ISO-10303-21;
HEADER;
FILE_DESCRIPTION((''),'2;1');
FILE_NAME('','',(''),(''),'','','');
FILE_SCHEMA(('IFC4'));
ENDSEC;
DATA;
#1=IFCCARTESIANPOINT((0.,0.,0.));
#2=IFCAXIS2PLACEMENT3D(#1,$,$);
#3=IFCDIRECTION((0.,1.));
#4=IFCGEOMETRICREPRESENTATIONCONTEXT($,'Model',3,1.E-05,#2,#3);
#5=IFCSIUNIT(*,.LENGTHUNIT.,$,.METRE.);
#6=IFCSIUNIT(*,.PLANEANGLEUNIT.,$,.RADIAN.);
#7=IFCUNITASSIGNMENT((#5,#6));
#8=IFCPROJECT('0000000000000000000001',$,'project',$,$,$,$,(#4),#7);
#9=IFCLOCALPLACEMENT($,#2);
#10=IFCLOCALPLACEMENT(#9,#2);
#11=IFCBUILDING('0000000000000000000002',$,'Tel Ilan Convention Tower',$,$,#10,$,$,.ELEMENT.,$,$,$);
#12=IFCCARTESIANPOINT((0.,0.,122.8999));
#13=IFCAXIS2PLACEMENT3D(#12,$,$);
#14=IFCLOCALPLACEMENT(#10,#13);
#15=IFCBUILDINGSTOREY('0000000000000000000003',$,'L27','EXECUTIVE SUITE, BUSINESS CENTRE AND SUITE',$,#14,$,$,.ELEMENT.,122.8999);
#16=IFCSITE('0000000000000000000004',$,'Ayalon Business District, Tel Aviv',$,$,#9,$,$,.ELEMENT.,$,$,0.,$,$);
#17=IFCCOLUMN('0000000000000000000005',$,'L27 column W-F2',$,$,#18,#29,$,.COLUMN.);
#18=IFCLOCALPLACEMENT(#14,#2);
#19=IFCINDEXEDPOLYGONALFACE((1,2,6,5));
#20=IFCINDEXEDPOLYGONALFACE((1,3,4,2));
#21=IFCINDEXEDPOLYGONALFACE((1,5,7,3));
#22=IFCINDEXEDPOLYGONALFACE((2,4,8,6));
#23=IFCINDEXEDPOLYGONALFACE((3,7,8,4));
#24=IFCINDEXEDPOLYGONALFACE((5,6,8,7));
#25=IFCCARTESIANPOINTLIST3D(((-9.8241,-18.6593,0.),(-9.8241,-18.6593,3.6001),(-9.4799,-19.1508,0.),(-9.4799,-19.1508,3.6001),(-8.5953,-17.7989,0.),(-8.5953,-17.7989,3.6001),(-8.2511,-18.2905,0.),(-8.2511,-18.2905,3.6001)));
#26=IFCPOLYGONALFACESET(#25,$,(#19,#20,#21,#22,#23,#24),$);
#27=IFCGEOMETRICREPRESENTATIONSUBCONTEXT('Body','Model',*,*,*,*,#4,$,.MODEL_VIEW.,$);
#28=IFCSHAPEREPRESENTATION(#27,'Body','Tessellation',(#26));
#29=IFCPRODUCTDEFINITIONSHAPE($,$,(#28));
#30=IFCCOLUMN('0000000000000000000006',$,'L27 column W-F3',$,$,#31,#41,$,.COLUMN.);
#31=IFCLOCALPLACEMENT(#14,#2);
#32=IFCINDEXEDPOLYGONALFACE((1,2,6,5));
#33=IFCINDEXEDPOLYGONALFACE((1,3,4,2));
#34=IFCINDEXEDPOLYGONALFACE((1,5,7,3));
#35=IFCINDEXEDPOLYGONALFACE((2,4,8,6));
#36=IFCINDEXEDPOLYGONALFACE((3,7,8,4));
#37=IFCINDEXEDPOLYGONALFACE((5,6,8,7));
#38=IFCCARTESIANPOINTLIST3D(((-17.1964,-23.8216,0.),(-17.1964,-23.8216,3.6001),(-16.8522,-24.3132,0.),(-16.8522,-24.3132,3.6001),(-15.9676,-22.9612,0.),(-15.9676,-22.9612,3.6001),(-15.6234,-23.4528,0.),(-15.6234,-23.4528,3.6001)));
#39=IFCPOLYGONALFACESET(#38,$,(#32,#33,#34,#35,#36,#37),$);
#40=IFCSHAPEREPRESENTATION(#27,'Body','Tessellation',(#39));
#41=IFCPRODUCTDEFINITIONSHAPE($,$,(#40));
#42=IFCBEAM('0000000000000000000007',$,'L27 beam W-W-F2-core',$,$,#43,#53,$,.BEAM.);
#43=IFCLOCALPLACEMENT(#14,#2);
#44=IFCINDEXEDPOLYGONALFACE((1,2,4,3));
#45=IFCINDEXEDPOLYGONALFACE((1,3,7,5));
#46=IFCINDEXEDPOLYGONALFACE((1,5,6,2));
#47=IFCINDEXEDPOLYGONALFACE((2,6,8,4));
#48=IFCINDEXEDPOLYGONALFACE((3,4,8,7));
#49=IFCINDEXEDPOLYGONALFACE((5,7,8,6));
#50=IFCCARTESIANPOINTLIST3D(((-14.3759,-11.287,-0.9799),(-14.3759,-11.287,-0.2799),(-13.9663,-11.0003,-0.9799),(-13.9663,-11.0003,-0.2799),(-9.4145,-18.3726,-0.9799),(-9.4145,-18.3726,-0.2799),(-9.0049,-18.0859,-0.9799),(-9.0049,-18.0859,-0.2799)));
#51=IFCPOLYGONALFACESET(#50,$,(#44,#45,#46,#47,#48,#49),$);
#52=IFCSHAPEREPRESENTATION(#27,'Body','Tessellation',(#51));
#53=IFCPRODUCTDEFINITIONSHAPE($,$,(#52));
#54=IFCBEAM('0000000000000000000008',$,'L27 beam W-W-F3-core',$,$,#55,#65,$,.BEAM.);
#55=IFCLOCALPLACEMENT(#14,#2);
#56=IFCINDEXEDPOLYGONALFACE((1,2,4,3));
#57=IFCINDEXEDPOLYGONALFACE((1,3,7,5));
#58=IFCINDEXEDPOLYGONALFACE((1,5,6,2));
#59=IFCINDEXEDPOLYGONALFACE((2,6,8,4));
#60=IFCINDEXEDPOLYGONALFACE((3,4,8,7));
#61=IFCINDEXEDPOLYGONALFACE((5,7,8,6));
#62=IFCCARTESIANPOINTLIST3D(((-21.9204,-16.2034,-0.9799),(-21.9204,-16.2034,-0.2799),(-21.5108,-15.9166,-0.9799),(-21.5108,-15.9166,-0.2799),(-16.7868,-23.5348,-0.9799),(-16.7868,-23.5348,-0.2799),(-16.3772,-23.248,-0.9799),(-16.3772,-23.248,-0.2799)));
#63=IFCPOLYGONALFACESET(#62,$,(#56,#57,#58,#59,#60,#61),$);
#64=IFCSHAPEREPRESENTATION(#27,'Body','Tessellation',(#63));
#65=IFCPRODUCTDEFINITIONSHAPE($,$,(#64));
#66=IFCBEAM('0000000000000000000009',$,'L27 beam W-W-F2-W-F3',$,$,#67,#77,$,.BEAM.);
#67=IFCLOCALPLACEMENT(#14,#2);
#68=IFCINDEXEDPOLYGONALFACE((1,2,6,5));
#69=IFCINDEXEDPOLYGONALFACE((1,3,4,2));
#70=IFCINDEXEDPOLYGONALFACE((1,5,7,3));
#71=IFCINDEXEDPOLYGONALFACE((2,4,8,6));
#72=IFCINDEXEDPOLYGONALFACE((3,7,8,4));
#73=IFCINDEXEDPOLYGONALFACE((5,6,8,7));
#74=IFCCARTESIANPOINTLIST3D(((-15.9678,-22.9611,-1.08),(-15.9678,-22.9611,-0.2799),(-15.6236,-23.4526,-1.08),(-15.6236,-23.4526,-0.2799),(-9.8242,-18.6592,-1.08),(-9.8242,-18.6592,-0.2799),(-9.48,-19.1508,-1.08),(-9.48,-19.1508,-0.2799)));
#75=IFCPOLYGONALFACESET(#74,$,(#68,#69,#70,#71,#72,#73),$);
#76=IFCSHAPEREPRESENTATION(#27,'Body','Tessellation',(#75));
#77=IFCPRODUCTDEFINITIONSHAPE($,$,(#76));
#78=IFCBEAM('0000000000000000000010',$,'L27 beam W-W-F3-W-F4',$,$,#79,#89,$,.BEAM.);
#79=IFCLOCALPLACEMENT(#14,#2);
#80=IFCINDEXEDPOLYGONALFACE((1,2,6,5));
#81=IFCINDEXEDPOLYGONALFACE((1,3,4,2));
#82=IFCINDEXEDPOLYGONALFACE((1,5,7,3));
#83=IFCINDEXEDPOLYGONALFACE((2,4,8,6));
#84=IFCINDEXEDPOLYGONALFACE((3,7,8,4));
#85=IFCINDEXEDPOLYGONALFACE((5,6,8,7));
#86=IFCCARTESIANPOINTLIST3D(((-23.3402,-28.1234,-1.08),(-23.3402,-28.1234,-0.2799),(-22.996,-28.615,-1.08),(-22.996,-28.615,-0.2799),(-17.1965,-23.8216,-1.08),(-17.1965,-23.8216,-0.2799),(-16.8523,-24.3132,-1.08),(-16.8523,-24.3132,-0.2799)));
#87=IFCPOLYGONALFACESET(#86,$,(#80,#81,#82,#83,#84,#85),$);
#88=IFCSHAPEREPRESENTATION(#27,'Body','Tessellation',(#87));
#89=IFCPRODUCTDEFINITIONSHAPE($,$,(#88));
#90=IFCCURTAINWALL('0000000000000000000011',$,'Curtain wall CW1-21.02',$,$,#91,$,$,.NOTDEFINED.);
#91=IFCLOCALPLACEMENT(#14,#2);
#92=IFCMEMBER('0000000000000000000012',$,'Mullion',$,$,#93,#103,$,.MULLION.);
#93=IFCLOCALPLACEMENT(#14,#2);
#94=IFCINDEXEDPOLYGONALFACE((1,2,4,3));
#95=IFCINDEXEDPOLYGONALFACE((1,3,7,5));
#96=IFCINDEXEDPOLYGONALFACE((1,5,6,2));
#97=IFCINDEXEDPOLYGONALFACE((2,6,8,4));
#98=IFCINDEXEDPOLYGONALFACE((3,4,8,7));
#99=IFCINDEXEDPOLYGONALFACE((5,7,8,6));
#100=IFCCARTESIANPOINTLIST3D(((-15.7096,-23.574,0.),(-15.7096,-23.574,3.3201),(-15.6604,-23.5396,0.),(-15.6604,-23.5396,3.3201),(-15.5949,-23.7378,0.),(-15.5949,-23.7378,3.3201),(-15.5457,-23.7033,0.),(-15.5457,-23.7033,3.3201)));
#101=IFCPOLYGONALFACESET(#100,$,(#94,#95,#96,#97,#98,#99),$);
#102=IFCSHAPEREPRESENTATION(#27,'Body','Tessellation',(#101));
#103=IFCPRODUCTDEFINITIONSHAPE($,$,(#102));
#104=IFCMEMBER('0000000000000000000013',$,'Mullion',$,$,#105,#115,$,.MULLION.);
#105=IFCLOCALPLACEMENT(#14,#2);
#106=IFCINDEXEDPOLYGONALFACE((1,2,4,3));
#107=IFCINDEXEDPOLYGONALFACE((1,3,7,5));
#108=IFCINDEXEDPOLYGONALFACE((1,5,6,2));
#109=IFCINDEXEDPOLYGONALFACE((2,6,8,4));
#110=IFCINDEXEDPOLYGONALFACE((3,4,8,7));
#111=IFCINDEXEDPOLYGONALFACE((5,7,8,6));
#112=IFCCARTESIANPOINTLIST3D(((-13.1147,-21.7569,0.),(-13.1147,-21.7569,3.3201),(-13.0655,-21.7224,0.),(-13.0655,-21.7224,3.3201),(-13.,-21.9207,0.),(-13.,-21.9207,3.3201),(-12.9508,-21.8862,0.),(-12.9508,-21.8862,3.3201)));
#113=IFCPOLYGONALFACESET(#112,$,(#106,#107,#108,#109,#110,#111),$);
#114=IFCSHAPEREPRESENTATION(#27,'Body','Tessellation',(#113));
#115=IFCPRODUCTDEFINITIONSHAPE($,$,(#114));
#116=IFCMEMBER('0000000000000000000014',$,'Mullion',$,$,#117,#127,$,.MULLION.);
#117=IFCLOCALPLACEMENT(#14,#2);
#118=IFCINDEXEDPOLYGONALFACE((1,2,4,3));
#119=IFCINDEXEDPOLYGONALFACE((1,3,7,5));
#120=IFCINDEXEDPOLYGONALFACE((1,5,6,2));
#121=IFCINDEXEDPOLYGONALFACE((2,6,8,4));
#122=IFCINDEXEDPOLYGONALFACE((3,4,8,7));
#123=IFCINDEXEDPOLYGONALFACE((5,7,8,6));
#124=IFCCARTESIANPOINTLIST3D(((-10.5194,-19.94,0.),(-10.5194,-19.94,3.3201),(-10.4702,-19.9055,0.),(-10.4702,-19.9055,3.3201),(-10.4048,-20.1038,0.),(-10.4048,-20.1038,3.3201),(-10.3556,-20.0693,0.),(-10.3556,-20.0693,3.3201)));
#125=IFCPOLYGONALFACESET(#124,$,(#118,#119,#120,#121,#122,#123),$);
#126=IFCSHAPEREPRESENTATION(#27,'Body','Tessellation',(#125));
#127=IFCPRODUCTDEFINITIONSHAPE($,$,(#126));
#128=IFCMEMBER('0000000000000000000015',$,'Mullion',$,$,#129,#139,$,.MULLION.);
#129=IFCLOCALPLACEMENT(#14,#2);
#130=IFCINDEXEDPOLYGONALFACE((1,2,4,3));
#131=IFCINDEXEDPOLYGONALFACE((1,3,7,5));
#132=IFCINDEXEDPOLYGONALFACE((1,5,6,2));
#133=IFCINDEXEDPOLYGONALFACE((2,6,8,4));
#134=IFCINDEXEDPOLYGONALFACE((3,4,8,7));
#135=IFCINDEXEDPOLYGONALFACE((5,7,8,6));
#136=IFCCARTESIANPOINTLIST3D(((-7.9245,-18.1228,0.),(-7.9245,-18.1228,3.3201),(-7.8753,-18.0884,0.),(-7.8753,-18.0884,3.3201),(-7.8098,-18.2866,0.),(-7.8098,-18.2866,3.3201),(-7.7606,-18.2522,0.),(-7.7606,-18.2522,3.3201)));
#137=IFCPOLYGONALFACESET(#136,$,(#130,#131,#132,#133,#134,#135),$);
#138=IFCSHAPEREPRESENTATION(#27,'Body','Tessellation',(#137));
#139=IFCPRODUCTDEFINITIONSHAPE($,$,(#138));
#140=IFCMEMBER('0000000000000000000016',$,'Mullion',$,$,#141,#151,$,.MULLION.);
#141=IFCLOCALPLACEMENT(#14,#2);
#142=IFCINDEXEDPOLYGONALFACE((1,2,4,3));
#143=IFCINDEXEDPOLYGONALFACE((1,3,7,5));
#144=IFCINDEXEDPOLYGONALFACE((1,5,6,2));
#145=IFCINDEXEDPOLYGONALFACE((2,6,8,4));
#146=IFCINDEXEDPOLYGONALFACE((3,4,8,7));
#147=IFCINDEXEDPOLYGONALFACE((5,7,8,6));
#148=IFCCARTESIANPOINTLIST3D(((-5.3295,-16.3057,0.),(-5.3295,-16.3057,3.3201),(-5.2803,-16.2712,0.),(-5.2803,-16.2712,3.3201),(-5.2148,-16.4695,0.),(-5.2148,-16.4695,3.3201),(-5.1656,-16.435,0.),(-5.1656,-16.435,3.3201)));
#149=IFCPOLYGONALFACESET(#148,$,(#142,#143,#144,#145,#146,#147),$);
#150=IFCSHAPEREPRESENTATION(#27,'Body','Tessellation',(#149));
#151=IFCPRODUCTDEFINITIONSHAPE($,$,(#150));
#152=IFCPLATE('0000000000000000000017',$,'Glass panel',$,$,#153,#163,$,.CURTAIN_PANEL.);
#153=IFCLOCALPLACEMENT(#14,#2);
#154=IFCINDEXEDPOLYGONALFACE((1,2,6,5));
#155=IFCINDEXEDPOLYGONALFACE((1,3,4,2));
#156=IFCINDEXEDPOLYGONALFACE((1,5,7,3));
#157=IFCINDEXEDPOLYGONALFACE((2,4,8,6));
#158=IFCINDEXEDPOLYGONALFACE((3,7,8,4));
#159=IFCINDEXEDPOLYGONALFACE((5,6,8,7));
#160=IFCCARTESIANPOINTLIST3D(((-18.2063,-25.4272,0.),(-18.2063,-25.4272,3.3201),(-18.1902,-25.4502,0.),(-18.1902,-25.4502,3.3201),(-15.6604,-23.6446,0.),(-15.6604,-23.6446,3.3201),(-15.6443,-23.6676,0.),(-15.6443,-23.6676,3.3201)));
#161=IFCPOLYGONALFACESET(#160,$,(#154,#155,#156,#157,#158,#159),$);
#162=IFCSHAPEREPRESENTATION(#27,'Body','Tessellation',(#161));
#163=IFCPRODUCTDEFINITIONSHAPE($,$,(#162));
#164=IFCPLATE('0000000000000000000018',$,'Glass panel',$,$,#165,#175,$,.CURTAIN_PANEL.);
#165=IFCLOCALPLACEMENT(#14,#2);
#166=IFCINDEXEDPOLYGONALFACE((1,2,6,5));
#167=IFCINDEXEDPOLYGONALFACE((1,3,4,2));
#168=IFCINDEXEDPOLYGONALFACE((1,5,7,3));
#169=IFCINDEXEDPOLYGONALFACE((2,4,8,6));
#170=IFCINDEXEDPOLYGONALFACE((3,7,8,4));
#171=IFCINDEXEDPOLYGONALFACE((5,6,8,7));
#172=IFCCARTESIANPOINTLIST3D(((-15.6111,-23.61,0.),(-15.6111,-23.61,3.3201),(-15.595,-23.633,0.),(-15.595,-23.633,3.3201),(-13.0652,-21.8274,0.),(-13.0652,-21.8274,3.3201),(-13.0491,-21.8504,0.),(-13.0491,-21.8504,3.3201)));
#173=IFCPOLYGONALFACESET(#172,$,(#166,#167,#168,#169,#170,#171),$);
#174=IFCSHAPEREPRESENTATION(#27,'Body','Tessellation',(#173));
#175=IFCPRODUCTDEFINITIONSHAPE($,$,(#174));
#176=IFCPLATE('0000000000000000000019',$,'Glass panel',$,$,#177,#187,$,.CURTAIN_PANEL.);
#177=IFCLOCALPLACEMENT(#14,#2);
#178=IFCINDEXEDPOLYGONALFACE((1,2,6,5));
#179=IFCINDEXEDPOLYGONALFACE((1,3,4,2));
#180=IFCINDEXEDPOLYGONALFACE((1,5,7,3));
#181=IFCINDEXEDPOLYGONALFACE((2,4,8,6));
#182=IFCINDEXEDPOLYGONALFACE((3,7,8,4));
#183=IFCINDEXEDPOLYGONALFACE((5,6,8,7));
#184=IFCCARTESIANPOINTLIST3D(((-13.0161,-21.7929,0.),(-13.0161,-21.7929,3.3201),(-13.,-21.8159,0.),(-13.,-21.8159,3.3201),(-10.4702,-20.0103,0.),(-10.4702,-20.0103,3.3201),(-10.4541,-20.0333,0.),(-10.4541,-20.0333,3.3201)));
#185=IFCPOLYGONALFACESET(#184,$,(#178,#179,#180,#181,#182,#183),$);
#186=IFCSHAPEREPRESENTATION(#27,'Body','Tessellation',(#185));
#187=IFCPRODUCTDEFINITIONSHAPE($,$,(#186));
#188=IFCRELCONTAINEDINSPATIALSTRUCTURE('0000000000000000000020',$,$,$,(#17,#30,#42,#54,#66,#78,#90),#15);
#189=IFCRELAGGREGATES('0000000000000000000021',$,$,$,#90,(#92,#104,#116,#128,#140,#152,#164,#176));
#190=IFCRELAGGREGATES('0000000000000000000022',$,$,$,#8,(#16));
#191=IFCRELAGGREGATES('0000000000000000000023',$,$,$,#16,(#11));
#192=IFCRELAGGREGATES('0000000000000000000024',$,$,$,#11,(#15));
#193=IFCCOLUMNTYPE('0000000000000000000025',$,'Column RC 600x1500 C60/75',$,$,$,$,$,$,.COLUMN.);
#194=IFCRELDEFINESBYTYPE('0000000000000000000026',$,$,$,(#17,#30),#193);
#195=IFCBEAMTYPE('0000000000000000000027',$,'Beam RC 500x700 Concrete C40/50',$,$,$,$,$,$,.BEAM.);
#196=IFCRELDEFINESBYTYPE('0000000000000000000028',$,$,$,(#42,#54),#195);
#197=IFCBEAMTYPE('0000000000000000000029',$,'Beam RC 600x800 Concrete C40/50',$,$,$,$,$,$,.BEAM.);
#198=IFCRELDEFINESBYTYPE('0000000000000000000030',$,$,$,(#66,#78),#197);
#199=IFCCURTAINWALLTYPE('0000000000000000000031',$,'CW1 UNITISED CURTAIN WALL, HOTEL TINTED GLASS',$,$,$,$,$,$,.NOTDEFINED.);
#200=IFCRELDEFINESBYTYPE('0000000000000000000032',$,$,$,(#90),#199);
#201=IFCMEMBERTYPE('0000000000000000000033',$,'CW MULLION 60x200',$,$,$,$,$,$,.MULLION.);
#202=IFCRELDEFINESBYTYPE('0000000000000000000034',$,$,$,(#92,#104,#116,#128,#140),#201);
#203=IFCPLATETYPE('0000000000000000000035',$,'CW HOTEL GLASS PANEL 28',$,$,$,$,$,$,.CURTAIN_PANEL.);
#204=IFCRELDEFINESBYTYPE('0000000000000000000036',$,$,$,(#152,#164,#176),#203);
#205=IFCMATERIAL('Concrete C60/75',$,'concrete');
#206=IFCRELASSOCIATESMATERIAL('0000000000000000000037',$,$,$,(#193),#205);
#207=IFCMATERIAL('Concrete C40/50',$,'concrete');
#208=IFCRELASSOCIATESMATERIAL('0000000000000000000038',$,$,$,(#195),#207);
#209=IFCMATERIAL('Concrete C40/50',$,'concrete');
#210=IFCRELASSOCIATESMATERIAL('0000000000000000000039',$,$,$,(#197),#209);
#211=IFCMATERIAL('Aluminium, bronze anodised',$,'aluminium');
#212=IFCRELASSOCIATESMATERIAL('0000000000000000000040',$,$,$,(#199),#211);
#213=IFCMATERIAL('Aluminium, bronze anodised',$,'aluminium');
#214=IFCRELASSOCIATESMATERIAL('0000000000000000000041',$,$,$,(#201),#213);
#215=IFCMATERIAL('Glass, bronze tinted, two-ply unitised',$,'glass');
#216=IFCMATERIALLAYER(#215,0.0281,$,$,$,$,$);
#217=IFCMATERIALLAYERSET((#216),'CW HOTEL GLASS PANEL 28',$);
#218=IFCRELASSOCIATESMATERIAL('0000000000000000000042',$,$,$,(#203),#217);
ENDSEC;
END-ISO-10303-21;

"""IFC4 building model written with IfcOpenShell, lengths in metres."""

from ifc_helpers import new_model, si_unit, direction, frame, origin, origin_2d, place, context, subcontext, project, spatial, rectangle, extrude, material, layer, layer_set, material_profile, profile_set, type_object, element, aggregate, save


model = new_model("IFC4")

# Units and contexts
model_context = context("Model", 3, precision=1e-05, world=origin(), true_north=direction((0.0, 1.0)))
body_context = subcontext(model_context, "Body", "Model", "MODEL_VIEW")
ifc_project = project(units=[si_unit("LENGTHUNIT", "METRE"), si_unit("PLANEANGLEUNIT", "RADIAN")], contexts=[model_context])

# Site, building, storey
site_placement = place(None, origin())
site = spatial("IfcSite", under=ifc_project, at=site_placement, Name="Ayalon Business District, Tel Aviv", CompositionType="ELEMENT", RefElevation=0.0)
building_placement = place(site_placement, origin())
building = spatial("IfcBuilding", under=site, at=building_placement, Name="Tel Ilan Convention Tower", CompositionType="ELEMENT")
storey_placement = place(building_placement, frame((0.0, 0.0, 122.8999)))
storey = spatial("IfcBuildingStorey", under=building, at=storey_placement, Name="L27", Description="EXECUTIVE SUITE, BUSINESS CENTRE AND SUITE", CompositionType="ELEMENT", Elevation=122.8999)

# Columns
ifc_material_1 = material(Name="Concrete C60/75", Category="concrete")
ifc_material_profile_1 = material_profile(ifc_material_1, rectangle(XDim=1.5, YDim=0.6001, at=origin_2d()), Name="RC 600x1500")
ifc_profile_set_1 = profile_set([ifc_material_profile_1], Name="Concrete C60/75")
column_type = type_object("IfcColumnType", Name="Column RC 600x1500 C60/75", PredefinedType="COLUMN", material=ifc_profile_set_1)
for number, where, z_axis, x_axis, name in (
    (1, (-9.0376, -18.4749, 0.0), (0.0, 0.0, 1.0), (-0.819152, -0.573576, 0.0), "L27 column W-F2"),
    (2, (-16.4099, -23.6372, 0.0), (0.0, 0.0, 1.0), (-0.819152, -0.573576, 0.0), "L27 column W-F3"),
):
    element("IfcColumn", number, at=place(storey_placement, frame(where, z_axis=z_axis, x_axis=x_axis)), inside=storey, type_object=column_type, Name=name, PredefinedType="COLUMN", context=body_context, shape_type="SweptSolid", body=[
        extrude(rectangle(XDim=1.5, YDim=0.6001, at=origin_2d()), origin(), (0.0, 0.0, 1.0), 3.6001),
    ])

# Beams
ifc_material_2 = material(Name="Concrete C40/50", Category="concrete")
ifc_material_profile_2 = material_profile(ifc_material_2, rectangle(XDim=0.5, YDim=0.7, at=origin_2d()), Name="RC 500x700")
ifc_profile_set_2 = profile_set([ifc_material_profile_2], Name="Concrete C40/50")
beam_type_1 = type_object("IfcBeamType", Name="Beam RC 500x700 Concrete C40/50", PredefinedType="BEAM", material=ifc_profile_set_2)
beam_1_placement = place(storey_placement, frame((-9.2097, -18.2292, -0.6299), z_axis=(-0.573574, 0.819154, 0.0), x_axis=(-0.819154, -0.573574, 0.0)))
element("IfcBeam", 3, at=beam_1_placement, inside=storey, type_object=beam_type_1, Name="L27 beam W-W-F2-core", PredefinedType="BEAM", context=body_context, shape_type="SweptSolid", body=[
    extrude(rectangle(XDim=0.5, YDim=0.7, at=origin_2d()), origin(), (0.0, 0.0, 1.0), 8.6499),
])
beam_2_placement = place(storey_placement, frame((-16.582, -23.3914, -0.6299), z_axis=(-0.573585, 0.819146, 0.0), x_axis=(-0.819146, -0.573585, 0.0)))
element("IfcBeam", 4, at=beam_2_placement, inside=storey, type_object=beam_type_1, Name="L27 beam W-W-F3-core", PredefinedType="BEAM", context=body_context, shape_type="SweptSolid", body=[
    extrude(rectangle(XDim=0.5, YDim=0.7, at=origin_2d()), origin(), (0.0, 0.0, 1.0), 8.95),
])
ifc_material_3 = material(Name="Concrete C40/50", Category="concrete")
ifc_material_profile_3 = material_profile(ifc_material_3, rectangle(XDim=0.6001, YDim=0.8, at=origin_2d()), Name="RC 600x800")
ifc_profile_set_3 = profile_set([ifc_material_profile_3], Name="Concrete C40/50")
beam_type_2 = type_object("IfcBeamType", Name="Beam RC 600x800 Concrete C40/50", PredefinedType="BEAM", material=ifc_profile_set_3)
for number, where, z_axis, x_axis, name in (
    (5, (-9.6521, -18.905, -0.6799), (-0.819152, -0.573576, 0.0), (0.573576, -0.819152, 0.0), "L27 beam W-W-F2-W-F3"),
    (6, (-17.0244, -24.0674, -0.6799), (-0.819152, -0.573576, 0.0), (0.573576, -0.819152, 0.0), "L27 beam W-W-F3-W-F4"),
):
    element("IfcBeam", number, at=place(storey_placement, frame(where, z_axis=z_axis, x_axis=x_axis)), inside=storey, type_object=beam_type_2, Name=name, PredefinedType="BEAM", context=body_context, shape_type="SweptSolid", body=[
        extrude(rectangle(XDim=0.6001, YDim=0.8, at=origin_2d()), origin(), (0.0, 0.0, 1.0), 7.5),
    ])

# Curtain wall, members, plates
ifc_material_4 = material(Name="Aluminium, bronze anodised", Category="aluminium")
curtain_wall_type = type_object("IfcCurtainWallType", Name="CW1 UNITISED CURTAIN WALL, HOTEL TINTED GLASS", PredefinedType="NOTDEFINED", material=ifc_material_4)
curtain_wall_placement = place(storey_placement, origin())
curtain_wall = element("IfcCurtainWall", 7, at=curtain_wall_placement, inside=storey, type_object=curtain_wall_type, Name="Curtain wall CW1-21.02", PredefinedType="NOTDEFINED")
ifc_material_5 = material(Name="Aluminium, bronze anodised", Category="aluminium")
ifc_material_profile_4 = material_profile(ifc_material_5, rectangle(XDim=0.0601, YDim=0.2, at=origin_2d()), Name="CW MULLION 60x200")
ifc_profile_set_4 = profile_set([ifc_material_profile_4], Name="Aluminium, bronze anodised")
member_type = type_object("IfcMemberType", Name="CW MULLION 60x200", PredefinedType="MULLION", material=ifc_profile_set_4)
member_1_placement = place(storey_placement, frame((-15.6277, -23.6387, 0.0), z_axis=(0.0, 0.0, 1.0), x_axis=(0.819152, 0.573576, 0.0)))
member_1 = element("IfcMember", 8, at=member_1_placement, type_object=member_type, Name="Mullion", PredefinedType="MULLION", context=body_context, shape_type="SweptSolid", body=[
    extrude(rectangle(XDim=0.0601, YDim=0.2, at=origin_2d()), origin(), (0.0, 0.0, 1.0), 3.3201),
])
member_2_placement = place(storey_placement, frame((-13.0327, -21.8215, 0.0), z_axis=(0.0, 0.0, 1.0), x_axis=(0.819152, 0.573576, 0.0)))
member_2 = element("IfcMember", 9, at=member_2_placement, type_object=member_type, Name="Mullion", PredefinedType="MULLION", context=body_context, shape_type="SweptSolid", body=[
    extrude(rectangle(XDim=0.0601, YDim=0.2, at=origin_2d()), origin(), (0.0, 0.0, 1.0), 3.3201),
])
member_3_placement = place(storey_placement, frame((-10.4375, -20.0046, 0.0), z_axis=(0.0, 0.0, 1.0), x_axis=(0.819152, 0.573576, 0.0)))
member_3 = element("IfcMember", 10, at=member_3_placement, type_object=member_type, Name="Mullion", PredefinedType="MULLION", context=body_context, shape_type="SweptSolid", body=[
    extrude(rectangle(XDim=0.0601, YDim=0.2, at=origin_2d()), origin(), (0.0, 0.0, 1.0), 3.3201),
])
member_4_placement = place(storey_placement, frame((-7.8425, -18.1875, 0.0), z_axis=(0.0, 0.0, 1.0), x_axis=(0.819152, 0.573576, 0.0)))
member_4 = element("IfcMember", 11, at=member_4_placement, type_object=member_type, Name="Mullion", PredefinedType="MULLION", context=body_context, shape_type="SweptSolid", body=[
    extrude(rectangle(XDim=0.0601, YDim=0.2, at=origin_2d()), origin(), (0.0, 0.0, 1.0), 3.3201),
])
member_5_placement = place(storey_placement, frame((-5.2476, -16.3704, 0.0), z_axis=(0.0, 0.0, 1.0), x_axis=(0.819152, 0.573576, 0.0)))
member_5 = element("IfcMember", 12, at=member_5_placement, type_object=member_type, Name="Mullion", PredefinedType="MULLION", context=body_context, shape_type="SweptSolid", body=[
    extrude(rectangle(XDim=0.0601, YDim=0.2, at=origin_2d()), origin(), (0.0, 0.0, 1.0), 3.3201),
])
ifc_material_6 = material(Name="Glass, bronze tinted, two-ply unitised", Category="glass")
ifc_layer_1 = layer(ifc_material_6, 0.0281)
ifc_layer_set_1 = layer_set([ifc_layer_1], Name="CW HOTEL GLASS PANEL 28")
plate_type = type_object("IfcPlateType", Name="CW HOTEL GLASS PANEL 28", PredefinedType="CURTAIN_PANEL", material=ifc_layer_set_1)
plate_1_placement = place(storey_placement, frame((-16.9253, -24.5474, 0.0), z_axis=(0.0, 0.0, 1.0), x_axis=(0.819152, 0.573576, 0.0)))
plate_1 = element("IfcPlate", 13, at=plate_1_placement, type_object=plate_type, Name="Glass panel", PredefinedType="CURTAIN_PANEL", context=body_context, shape_type="SweptSolid", body=[
    extrude(rectangle(XDim=3.1079, YDim=0.0281, at=origin_2d()), origin(), (0.0, 0.0, 1.0), 3.3201),
])
plate_2_placement = place(storey_placement, frame((-14.3301, -22.7302, 0.0), z_axis=(0.0, 0.0, 1.0), x_axis=(0.819152, 0.573576, 0.0)))
plate_2 = element("IfcPlate", 14, at=plate_2_placement, type_object=plate_type, Name="Glass panel", PredefinedType="CURTAIN_PANEL", context=body_context, shape_type="SweptSolid", body=[
    extrude(rectangle(XDim=3.1079, YDim=0.0281, at=origin_2d()), origin(), (0.0, 0.0, 1.0), 3.3201),
])
plate_3_placement = place(storey_placement, frame((-11.7351, -20.9131, 0.0), z_axis=(0.0, 0.0, 1.0), x_axis=(0.819152, 0.573576, 0.0)))
plate_3 = element("IfcPlate", 15, at=plate_3_placement, type_object=plate_type, Name="Glass panel", PredefinedType="CURTAIN_PANEL", context=body_context, shape_type="SweptSolid", body=[
    extrude(rectangle(XDim=3.1079, YDim=0.0281, at=origin_2d()), origin(), (0.0, 0.0, 1.0), 3.3201),
])
aggregate(curtain_wall, [member_1, member_2, member_3, member_4, member_5, plate_1, plate_2, plate_3])

save(model, "model.ifc")
